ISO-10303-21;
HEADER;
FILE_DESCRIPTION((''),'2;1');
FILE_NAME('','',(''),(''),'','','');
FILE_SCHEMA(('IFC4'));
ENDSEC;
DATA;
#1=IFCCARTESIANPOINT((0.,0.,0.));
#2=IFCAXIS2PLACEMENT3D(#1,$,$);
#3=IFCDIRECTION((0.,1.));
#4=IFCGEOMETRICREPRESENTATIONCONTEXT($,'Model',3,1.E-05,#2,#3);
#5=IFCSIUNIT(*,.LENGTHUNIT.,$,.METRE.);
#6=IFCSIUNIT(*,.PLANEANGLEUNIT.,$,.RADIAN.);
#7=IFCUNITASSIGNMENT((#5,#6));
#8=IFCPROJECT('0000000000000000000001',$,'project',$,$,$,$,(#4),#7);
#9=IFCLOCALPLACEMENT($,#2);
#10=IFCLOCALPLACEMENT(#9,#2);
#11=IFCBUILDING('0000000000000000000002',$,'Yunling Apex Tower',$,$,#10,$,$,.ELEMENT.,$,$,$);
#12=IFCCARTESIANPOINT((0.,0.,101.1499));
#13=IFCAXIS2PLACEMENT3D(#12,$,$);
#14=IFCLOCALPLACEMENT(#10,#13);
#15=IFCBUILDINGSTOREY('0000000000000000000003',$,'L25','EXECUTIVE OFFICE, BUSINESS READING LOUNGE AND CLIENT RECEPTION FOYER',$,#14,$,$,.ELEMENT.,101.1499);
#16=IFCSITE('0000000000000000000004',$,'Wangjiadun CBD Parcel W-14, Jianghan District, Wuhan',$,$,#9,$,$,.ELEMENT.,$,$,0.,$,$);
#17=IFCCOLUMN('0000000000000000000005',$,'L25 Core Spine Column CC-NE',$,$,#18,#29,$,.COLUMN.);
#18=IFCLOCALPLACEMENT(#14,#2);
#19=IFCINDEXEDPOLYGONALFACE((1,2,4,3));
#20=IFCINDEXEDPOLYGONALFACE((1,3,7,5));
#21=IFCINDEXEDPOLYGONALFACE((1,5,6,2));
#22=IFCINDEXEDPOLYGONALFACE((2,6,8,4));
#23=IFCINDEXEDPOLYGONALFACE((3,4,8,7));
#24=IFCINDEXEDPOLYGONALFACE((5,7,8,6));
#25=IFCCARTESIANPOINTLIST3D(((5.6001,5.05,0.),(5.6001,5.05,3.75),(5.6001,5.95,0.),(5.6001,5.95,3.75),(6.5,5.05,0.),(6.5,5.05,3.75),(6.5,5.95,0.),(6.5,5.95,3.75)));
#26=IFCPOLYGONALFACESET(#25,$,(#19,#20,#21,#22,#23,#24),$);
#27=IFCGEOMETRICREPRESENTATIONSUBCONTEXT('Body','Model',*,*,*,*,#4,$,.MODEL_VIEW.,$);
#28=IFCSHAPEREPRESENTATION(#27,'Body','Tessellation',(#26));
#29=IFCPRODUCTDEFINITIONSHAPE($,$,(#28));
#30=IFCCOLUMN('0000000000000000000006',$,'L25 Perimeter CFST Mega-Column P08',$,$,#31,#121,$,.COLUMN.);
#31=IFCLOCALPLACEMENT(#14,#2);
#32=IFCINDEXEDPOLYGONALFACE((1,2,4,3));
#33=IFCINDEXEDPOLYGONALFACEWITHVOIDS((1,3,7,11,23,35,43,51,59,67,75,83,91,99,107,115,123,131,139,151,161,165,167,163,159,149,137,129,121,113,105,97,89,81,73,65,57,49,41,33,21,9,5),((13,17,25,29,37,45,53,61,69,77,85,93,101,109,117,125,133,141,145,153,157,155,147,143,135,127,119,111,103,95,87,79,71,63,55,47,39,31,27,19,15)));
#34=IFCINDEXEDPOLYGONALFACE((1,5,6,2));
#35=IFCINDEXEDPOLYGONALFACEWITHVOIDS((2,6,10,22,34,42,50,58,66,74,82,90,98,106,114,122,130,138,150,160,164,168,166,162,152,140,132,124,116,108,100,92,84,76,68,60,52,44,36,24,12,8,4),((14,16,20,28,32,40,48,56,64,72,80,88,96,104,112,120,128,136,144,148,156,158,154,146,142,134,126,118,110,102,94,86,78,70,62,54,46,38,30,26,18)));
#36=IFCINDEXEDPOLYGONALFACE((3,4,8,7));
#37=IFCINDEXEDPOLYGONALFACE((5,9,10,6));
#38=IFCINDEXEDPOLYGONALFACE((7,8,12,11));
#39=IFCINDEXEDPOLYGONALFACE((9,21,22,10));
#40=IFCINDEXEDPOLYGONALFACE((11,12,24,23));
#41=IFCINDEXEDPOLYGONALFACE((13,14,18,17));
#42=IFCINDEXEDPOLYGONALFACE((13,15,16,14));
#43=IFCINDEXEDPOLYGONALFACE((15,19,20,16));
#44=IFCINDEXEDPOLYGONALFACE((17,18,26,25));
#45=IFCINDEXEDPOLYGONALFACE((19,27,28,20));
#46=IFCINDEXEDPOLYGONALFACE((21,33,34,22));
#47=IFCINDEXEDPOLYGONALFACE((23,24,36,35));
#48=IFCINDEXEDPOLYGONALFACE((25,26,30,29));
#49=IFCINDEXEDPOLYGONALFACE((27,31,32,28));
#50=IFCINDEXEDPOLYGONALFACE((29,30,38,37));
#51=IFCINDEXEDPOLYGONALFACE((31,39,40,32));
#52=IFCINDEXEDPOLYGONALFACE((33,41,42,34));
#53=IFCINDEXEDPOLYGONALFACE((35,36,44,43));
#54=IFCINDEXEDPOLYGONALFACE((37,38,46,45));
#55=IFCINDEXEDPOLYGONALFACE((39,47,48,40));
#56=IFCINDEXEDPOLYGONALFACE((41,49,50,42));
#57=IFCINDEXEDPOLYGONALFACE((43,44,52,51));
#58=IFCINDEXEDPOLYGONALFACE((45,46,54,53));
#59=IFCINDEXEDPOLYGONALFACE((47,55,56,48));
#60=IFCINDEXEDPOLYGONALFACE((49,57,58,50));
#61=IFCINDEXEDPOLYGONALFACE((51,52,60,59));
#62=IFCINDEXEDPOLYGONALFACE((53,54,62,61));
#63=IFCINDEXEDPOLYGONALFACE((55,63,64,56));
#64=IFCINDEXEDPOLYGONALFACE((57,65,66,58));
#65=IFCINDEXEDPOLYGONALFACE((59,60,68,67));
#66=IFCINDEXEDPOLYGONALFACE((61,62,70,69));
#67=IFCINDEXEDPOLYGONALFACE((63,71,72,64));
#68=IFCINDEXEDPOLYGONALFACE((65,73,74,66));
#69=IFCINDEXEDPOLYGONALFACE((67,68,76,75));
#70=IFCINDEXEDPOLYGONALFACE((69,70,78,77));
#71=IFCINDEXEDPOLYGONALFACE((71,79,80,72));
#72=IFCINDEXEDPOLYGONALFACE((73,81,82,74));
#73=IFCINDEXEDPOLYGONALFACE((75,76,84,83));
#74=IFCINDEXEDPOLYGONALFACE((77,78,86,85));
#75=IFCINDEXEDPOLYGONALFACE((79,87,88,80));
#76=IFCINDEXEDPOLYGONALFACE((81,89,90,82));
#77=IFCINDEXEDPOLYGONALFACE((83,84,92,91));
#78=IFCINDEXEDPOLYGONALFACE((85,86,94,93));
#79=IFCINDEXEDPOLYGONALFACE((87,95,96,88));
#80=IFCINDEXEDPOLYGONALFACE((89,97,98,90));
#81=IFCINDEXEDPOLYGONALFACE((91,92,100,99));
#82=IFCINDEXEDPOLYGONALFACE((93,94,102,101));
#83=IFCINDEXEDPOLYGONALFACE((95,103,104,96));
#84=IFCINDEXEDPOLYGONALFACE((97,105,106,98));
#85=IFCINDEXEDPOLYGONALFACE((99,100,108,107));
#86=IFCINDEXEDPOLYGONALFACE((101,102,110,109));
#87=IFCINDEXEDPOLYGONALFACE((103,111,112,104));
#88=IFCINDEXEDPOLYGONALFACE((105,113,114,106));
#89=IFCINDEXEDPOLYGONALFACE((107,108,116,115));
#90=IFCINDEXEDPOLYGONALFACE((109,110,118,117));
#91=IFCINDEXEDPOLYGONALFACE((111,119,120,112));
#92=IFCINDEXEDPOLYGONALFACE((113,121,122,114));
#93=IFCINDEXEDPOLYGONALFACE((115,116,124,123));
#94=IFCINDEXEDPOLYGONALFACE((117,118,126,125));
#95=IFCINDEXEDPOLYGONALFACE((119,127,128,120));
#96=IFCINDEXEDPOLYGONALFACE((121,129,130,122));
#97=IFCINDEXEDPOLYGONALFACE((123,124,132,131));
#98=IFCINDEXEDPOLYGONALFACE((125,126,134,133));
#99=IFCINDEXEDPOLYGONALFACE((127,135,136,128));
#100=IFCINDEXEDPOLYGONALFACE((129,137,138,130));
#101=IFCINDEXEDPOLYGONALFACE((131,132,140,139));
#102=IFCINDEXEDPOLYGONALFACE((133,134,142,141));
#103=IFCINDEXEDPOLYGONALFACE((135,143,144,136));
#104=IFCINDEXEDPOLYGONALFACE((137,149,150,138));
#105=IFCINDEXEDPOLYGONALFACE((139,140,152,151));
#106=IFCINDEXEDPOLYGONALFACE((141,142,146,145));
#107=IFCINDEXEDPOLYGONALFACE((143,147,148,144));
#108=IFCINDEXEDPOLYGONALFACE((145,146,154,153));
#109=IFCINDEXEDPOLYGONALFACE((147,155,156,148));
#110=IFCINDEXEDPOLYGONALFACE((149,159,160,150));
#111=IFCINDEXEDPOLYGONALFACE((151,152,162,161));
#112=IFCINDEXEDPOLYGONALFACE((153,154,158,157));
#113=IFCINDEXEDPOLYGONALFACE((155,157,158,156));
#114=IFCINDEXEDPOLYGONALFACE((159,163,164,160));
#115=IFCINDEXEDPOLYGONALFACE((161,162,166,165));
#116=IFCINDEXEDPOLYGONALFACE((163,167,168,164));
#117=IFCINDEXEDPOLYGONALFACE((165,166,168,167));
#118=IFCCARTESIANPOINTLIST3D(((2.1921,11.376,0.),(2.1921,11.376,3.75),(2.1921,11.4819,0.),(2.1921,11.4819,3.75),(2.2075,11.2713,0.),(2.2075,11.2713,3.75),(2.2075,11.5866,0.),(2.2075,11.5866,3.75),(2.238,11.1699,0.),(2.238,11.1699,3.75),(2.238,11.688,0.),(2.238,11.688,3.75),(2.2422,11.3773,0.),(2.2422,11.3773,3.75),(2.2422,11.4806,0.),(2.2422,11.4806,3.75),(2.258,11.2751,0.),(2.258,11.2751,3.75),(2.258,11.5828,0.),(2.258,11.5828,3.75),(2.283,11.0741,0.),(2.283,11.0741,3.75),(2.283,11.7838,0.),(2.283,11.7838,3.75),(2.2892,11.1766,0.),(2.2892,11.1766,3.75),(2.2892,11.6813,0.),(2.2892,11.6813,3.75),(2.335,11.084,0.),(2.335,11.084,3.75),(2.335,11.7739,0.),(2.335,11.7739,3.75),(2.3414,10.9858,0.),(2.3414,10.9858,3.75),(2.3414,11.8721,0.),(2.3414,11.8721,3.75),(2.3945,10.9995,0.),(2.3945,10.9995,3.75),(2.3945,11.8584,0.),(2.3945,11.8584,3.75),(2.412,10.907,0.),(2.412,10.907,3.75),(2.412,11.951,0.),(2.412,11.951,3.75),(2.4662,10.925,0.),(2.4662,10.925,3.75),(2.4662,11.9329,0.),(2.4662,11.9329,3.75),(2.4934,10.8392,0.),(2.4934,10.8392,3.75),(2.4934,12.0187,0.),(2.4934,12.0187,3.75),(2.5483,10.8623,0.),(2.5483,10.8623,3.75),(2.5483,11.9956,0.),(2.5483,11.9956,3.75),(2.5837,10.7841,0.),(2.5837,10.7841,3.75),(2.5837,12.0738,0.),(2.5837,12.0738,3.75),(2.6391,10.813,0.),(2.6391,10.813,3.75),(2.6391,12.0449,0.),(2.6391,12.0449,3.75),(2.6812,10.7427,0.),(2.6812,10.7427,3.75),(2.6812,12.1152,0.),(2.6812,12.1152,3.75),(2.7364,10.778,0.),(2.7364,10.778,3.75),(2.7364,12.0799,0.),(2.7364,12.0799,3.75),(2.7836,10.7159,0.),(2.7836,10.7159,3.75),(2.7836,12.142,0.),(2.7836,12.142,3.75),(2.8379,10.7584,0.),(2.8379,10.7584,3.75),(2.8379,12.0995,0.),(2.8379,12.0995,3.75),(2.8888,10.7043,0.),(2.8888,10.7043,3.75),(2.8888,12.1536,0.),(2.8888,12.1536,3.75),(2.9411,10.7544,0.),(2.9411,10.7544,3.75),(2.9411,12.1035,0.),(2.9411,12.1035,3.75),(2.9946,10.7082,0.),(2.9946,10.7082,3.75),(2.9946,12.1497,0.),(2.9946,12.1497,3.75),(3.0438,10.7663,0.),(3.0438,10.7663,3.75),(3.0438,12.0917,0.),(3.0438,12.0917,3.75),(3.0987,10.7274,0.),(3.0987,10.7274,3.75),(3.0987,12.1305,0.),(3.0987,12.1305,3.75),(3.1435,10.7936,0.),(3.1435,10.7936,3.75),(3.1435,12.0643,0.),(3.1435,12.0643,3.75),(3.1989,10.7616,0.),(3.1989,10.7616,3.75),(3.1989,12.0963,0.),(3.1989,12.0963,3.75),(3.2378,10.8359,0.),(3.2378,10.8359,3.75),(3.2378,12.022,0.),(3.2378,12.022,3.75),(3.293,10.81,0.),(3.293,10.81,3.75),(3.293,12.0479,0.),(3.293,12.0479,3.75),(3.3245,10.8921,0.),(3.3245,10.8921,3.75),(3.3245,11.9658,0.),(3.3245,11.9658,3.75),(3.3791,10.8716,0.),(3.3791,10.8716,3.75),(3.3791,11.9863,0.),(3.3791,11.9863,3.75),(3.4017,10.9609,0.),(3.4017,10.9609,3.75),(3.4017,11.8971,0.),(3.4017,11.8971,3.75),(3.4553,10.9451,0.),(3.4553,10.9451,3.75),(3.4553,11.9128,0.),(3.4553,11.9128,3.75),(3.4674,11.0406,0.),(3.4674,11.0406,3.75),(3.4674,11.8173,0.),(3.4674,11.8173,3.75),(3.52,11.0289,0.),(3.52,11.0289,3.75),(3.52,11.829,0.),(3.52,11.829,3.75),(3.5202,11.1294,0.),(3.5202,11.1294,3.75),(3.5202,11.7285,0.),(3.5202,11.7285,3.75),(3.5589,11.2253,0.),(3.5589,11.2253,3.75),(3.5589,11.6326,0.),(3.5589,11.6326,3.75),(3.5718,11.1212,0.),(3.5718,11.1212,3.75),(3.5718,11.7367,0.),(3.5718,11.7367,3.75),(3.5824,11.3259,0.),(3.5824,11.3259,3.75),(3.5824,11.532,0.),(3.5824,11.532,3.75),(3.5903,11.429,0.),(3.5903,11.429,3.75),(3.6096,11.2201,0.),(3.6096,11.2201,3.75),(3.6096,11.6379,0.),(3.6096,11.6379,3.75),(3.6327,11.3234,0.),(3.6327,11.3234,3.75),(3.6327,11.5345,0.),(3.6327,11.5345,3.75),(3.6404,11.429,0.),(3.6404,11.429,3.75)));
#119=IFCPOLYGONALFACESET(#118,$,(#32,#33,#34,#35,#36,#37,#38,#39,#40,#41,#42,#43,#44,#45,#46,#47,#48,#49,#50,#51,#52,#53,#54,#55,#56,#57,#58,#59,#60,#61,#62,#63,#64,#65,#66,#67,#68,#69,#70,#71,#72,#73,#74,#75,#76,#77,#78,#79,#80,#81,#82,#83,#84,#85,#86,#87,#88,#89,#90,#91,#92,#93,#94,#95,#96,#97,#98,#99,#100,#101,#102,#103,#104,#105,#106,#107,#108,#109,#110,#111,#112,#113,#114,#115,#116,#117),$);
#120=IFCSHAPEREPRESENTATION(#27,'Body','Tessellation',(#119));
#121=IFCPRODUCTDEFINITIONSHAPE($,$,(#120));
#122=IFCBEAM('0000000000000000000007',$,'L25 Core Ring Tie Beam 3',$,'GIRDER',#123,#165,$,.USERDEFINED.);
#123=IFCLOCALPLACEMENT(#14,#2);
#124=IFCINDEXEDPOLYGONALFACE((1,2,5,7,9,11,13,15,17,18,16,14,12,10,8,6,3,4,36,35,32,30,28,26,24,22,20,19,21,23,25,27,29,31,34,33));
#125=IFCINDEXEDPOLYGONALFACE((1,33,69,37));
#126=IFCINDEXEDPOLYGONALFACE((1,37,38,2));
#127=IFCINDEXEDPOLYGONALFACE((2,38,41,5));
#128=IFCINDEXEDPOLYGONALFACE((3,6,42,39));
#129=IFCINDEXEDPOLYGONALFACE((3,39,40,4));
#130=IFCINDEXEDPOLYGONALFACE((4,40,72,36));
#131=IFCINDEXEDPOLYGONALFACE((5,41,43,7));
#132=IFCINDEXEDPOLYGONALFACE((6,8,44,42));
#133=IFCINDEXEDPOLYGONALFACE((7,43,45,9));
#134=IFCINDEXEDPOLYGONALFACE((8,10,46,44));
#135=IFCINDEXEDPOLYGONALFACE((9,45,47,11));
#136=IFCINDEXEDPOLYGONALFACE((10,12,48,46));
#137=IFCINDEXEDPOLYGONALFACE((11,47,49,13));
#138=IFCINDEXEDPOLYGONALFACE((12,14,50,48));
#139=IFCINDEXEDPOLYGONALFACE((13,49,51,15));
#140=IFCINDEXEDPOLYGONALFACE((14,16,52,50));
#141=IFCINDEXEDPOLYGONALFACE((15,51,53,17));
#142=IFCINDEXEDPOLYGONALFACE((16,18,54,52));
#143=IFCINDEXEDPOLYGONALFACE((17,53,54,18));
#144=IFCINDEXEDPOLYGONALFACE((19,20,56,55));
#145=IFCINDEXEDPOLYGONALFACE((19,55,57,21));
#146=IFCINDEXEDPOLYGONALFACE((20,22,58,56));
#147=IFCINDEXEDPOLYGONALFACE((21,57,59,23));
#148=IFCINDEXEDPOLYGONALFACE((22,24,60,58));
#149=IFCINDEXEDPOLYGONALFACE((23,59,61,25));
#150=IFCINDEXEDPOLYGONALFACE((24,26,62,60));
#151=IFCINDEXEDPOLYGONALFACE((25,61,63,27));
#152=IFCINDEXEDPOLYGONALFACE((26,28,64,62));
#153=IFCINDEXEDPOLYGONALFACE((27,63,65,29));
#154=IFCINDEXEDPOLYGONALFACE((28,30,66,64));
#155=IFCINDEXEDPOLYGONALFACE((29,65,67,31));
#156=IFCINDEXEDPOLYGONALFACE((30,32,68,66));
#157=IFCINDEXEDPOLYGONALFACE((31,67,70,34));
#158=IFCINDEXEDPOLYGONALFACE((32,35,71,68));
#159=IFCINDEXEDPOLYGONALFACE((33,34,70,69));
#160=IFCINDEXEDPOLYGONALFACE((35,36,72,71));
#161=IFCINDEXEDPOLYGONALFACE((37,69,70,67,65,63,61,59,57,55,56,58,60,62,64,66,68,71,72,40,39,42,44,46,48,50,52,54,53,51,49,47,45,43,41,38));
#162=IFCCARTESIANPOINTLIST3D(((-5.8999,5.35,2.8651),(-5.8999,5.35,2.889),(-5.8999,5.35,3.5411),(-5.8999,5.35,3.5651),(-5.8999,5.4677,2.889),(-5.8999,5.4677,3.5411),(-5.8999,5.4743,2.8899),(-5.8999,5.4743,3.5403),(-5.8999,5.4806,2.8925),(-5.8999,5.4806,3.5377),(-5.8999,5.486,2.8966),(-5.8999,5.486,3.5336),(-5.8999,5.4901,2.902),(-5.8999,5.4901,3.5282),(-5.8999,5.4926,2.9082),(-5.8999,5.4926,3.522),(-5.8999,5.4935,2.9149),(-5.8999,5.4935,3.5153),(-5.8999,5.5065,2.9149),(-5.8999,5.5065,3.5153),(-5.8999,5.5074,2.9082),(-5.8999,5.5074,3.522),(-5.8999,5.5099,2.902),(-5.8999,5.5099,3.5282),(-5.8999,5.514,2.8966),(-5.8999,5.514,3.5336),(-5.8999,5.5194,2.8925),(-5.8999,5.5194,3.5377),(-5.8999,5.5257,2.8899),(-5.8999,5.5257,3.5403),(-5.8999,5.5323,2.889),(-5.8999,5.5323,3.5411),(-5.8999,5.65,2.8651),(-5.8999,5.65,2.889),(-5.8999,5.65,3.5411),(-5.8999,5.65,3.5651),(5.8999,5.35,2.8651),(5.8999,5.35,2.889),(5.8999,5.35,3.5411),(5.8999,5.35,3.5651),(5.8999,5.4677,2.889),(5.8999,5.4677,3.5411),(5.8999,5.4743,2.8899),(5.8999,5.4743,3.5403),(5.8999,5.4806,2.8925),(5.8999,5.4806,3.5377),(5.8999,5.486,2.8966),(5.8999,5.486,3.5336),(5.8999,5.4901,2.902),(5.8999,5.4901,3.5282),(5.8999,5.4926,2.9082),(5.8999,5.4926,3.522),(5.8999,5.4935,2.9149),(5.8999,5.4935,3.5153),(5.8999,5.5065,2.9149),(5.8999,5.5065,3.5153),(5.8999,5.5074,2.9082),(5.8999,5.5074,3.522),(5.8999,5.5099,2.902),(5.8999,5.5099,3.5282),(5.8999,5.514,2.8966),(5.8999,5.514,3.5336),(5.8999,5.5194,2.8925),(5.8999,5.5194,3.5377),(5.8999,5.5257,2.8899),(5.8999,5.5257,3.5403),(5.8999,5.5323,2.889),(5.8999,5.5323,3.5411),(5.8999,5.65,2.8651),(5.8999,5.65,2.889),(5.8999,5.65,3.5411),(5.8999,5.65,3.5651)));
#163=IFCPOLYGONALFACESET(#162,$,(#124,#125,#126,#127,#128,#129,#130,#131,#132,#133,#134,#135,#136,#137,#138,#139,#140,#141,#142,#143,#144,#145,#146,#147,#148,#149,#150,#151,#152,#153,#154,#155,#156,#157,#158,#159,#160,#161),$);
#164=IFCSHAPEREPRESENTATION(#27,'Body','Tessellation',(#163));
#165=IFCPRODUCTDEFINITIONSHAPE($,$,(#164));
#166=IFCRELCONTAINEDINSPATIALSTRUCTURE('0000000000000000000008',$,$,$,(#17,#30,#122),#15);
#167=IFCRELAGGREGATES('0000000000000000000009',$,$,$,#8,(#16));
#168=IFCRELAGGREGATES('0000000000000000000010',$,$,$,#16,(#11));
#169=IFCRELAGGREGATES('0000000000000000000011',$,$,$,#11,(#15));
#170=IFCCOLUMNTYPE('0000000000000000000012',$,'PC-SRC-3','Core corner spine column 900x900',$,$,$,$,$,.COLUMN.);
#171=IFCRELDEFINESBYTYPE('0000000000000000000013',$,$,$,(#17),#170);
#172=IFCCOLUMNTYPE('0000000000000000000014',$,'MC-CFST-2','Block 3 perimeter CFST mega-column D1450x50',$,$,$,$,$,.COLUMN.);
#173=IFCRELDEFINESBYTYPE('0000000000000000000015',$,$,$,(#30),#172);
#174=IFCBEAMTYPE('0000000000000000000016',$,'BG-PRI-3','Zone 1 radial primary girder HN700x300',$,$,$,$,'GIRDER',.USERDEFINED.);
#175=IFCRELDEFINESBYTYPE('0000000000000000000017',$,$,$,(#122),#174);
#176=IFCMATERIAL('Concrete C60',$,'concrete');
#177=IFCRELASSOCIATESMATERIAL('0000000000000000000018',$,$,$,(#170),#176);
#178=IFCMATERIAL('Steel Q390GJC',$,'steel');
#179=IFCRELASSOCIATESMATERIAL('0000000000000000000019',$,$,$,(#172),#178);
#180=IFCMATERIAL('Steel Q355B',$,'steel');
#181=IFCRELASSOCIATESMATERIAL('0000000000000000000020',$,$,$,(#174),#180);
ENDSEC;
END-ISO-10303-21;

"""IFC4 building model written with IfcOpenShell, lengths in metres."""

from ifc_helpers import new_model, si_unit, direction, frame, origin, origin_2d, place, context, subcontext, project, spatial, rectangle, hollow_circle, i_section, extrude, source, transform, mapped, material, material_profile, profile_set, type_object, element, save


model = new_model("IFC4")

# Units and contexts
model_context = context("Model", 3, precision=1e-05, world=origin(), true_north=direction((0.0, 1.0)))
body_context = subcontext(model_context, "Body", "Model", "MODEL_VIEW")
ifc_project = project(units=[si_unit("LENGTHUNIT", "METRE"), si_unit("PLANEANGLEUNIT", "RADIAN")], contexts=[model_context])

# Site, building, storey
site_placement = place(None, origin())
site = spatial("IfcSite", under=ifc_project, at=site_placement, Name="Wangjiadun CBD Parcel W-14, Jianghan District, Wuhan", CompositionType="ELEMENT", RefElevation=0.0)
building_placement = place(site_placement, origin())
building = spatial("IfcBuilding", under=site, at=building_placement, Name="Yunling Apex Tower", CompositionType="ELEMENT")
storey_placement = place(building_placement, frame((0.0, 0.0, 101.1499)))
storey = spatial("IfcBuildingStorey", under=building, at=storey_placement, Name="L25", Description="EXECUTIVE OFFICE, BUSINESS READING LOUNGE AND CLIENT RECEPTION FOYER", CompositionType="ELEMENT", Elevation=101.1499)

# Columns
ifc_material_1 = material(Name="Concrete C60", Category="concrete")
ifc_material_profile_1 = material_profile(ifc_material_1, rectangle(XDim=0.8999, YDim=0.8999, at=origin_2d()))
ifc_profile_set_1 = profile_set([ifc_material_profile_1], Name="Concrete C60")
column_type_1 = type_object("IfcColumnType", Name="PC-SRC-3", Description="Core corner spine column 900x900", PredefinedType="COLUMN", material=ifc_profile_set_1)
shared_shape_1 = source(origin(), body_context, "Body", "SweptSolid", [
    extrude(rectangle(XDim=0.8999, YDim=0.8999, at=origin_2d()), origin(), (0.0, 0.0, 1.0), 3.75),
])
column_1_placement = place(storey_placement, frame((6.05, 5.5, 0.0), z_axis=(0.0, 0.0, 1.0), x_axis=(1.0, 0.0, 0.0)))
element("IfcColumn", 1, at=column_1_placement, inside=storey, type_object=column_type_1, Name="L25 Core Spine Column CC-NE", PredefinedType="COLUMN", context=body_context, shape_type="MappedRepresentation", body=[
    mapped(shared_shape_1, transform((0.0, 0.0, 0.0), scale=1.0)),
])
ifc_material_2 = material(Name="Steel Q390GJC", Category="steel")
ifc_material_profile_2 = material_profile(ifc_material_2, hollow_circle(Radius=0.7251, WallThickness=0.05, at=origin_2d()))
ifc_profile_set_2 = profile_set([ifc_material_profile_2], Name="Steel Q390GJC")
column_type_2 = type_object("IfcColumnType", Name="MC-CFST-2", Description="Block 3 perimeter CFST mega-column D1450x50", PredefinedType="COLUMN", material=ifc_profile_set_2)
shared_shape_2 = source(origin(), body_context, "Body", "SweptSolid", [
    extrude(hollow_circle(Radius=0.7251, WallThickness=0.05, at=origin_2d()), origin(), (0.0, 0.0, 1.0), 3.75),
])
column_2_placement = place(storey_placement, frame((2.9153, 11.429, 0.0), z_axis=(0.0, 0.0, 1.0), x_axis=(1.0, 0.0, 0.0)))
element("IfcColumn", 2, at=column_2_placement, inside=storey, type_object=column_type_2, Name="L25 Perimeter CFST Mega-Column P08", PredefinedType="COLUMN", context=body_context, shape_type="MappedRepresentation", body=[
    mapped(shared_shape_2, transform((0.0, 0.0, 0.0), scale=1.0)),
])

# Beam
ifc_material_3 = material(Name="Steel Q355B", Category="steel")
ifc_material_profile_3 = material_profile(ifc_material_3, i_section(OverallWidth=0.3, OverallDepth=0.7, WebThickness=0.0129, FlangeThickness=0.0239, FilletRadius=0.0259, at=origin_2d()))
ifc_profile_set_3 = profile_set([ifc_material_profile_3], Name="Steel Q355B")
beam_type_1 = type_object("IfcBeamType", Name="BG-PRI-3", Description="Zone 1 radial primary girder HN700x300", ElementType="GIRDER", PredefinedType="USERDEFINED", material=ifc_profile_set_3)
shared_shape_3 = source(origin(), body_context, "Body", "SweptSolid", [
    extrude(i_section(OverallWidth=0.3, OverallDepth=0.7, WebThickness=0.0129, FlangeThickness=0.0239, FilletRadius=0.0259, at=origin_2d()), origin(), (0.0, 0.0, 1.0), 11.7998),
])
beam_1_placement = place(storey_placement, frame((5.8999, 5.5, 3.2151), z_axis=(-1.0, 0.0, 0.0), x_axis=(0.0, -1.0, 0.0)))
element("IfcBeam", 3, at=beam_1_placement, inside=storey, type_object=beam_type_1, Name="L25 Core Ring Tie Beam 3", ObjectType="GIRDER", PredefinedType="USERDEFINED", context=body_context, shape_type="MappedRepresentation", body=[
    mapped(shared_shape_3, transform((0.0, 0.0, 0.0), scale=1.0)),
])

save(model, "model.ifc")
